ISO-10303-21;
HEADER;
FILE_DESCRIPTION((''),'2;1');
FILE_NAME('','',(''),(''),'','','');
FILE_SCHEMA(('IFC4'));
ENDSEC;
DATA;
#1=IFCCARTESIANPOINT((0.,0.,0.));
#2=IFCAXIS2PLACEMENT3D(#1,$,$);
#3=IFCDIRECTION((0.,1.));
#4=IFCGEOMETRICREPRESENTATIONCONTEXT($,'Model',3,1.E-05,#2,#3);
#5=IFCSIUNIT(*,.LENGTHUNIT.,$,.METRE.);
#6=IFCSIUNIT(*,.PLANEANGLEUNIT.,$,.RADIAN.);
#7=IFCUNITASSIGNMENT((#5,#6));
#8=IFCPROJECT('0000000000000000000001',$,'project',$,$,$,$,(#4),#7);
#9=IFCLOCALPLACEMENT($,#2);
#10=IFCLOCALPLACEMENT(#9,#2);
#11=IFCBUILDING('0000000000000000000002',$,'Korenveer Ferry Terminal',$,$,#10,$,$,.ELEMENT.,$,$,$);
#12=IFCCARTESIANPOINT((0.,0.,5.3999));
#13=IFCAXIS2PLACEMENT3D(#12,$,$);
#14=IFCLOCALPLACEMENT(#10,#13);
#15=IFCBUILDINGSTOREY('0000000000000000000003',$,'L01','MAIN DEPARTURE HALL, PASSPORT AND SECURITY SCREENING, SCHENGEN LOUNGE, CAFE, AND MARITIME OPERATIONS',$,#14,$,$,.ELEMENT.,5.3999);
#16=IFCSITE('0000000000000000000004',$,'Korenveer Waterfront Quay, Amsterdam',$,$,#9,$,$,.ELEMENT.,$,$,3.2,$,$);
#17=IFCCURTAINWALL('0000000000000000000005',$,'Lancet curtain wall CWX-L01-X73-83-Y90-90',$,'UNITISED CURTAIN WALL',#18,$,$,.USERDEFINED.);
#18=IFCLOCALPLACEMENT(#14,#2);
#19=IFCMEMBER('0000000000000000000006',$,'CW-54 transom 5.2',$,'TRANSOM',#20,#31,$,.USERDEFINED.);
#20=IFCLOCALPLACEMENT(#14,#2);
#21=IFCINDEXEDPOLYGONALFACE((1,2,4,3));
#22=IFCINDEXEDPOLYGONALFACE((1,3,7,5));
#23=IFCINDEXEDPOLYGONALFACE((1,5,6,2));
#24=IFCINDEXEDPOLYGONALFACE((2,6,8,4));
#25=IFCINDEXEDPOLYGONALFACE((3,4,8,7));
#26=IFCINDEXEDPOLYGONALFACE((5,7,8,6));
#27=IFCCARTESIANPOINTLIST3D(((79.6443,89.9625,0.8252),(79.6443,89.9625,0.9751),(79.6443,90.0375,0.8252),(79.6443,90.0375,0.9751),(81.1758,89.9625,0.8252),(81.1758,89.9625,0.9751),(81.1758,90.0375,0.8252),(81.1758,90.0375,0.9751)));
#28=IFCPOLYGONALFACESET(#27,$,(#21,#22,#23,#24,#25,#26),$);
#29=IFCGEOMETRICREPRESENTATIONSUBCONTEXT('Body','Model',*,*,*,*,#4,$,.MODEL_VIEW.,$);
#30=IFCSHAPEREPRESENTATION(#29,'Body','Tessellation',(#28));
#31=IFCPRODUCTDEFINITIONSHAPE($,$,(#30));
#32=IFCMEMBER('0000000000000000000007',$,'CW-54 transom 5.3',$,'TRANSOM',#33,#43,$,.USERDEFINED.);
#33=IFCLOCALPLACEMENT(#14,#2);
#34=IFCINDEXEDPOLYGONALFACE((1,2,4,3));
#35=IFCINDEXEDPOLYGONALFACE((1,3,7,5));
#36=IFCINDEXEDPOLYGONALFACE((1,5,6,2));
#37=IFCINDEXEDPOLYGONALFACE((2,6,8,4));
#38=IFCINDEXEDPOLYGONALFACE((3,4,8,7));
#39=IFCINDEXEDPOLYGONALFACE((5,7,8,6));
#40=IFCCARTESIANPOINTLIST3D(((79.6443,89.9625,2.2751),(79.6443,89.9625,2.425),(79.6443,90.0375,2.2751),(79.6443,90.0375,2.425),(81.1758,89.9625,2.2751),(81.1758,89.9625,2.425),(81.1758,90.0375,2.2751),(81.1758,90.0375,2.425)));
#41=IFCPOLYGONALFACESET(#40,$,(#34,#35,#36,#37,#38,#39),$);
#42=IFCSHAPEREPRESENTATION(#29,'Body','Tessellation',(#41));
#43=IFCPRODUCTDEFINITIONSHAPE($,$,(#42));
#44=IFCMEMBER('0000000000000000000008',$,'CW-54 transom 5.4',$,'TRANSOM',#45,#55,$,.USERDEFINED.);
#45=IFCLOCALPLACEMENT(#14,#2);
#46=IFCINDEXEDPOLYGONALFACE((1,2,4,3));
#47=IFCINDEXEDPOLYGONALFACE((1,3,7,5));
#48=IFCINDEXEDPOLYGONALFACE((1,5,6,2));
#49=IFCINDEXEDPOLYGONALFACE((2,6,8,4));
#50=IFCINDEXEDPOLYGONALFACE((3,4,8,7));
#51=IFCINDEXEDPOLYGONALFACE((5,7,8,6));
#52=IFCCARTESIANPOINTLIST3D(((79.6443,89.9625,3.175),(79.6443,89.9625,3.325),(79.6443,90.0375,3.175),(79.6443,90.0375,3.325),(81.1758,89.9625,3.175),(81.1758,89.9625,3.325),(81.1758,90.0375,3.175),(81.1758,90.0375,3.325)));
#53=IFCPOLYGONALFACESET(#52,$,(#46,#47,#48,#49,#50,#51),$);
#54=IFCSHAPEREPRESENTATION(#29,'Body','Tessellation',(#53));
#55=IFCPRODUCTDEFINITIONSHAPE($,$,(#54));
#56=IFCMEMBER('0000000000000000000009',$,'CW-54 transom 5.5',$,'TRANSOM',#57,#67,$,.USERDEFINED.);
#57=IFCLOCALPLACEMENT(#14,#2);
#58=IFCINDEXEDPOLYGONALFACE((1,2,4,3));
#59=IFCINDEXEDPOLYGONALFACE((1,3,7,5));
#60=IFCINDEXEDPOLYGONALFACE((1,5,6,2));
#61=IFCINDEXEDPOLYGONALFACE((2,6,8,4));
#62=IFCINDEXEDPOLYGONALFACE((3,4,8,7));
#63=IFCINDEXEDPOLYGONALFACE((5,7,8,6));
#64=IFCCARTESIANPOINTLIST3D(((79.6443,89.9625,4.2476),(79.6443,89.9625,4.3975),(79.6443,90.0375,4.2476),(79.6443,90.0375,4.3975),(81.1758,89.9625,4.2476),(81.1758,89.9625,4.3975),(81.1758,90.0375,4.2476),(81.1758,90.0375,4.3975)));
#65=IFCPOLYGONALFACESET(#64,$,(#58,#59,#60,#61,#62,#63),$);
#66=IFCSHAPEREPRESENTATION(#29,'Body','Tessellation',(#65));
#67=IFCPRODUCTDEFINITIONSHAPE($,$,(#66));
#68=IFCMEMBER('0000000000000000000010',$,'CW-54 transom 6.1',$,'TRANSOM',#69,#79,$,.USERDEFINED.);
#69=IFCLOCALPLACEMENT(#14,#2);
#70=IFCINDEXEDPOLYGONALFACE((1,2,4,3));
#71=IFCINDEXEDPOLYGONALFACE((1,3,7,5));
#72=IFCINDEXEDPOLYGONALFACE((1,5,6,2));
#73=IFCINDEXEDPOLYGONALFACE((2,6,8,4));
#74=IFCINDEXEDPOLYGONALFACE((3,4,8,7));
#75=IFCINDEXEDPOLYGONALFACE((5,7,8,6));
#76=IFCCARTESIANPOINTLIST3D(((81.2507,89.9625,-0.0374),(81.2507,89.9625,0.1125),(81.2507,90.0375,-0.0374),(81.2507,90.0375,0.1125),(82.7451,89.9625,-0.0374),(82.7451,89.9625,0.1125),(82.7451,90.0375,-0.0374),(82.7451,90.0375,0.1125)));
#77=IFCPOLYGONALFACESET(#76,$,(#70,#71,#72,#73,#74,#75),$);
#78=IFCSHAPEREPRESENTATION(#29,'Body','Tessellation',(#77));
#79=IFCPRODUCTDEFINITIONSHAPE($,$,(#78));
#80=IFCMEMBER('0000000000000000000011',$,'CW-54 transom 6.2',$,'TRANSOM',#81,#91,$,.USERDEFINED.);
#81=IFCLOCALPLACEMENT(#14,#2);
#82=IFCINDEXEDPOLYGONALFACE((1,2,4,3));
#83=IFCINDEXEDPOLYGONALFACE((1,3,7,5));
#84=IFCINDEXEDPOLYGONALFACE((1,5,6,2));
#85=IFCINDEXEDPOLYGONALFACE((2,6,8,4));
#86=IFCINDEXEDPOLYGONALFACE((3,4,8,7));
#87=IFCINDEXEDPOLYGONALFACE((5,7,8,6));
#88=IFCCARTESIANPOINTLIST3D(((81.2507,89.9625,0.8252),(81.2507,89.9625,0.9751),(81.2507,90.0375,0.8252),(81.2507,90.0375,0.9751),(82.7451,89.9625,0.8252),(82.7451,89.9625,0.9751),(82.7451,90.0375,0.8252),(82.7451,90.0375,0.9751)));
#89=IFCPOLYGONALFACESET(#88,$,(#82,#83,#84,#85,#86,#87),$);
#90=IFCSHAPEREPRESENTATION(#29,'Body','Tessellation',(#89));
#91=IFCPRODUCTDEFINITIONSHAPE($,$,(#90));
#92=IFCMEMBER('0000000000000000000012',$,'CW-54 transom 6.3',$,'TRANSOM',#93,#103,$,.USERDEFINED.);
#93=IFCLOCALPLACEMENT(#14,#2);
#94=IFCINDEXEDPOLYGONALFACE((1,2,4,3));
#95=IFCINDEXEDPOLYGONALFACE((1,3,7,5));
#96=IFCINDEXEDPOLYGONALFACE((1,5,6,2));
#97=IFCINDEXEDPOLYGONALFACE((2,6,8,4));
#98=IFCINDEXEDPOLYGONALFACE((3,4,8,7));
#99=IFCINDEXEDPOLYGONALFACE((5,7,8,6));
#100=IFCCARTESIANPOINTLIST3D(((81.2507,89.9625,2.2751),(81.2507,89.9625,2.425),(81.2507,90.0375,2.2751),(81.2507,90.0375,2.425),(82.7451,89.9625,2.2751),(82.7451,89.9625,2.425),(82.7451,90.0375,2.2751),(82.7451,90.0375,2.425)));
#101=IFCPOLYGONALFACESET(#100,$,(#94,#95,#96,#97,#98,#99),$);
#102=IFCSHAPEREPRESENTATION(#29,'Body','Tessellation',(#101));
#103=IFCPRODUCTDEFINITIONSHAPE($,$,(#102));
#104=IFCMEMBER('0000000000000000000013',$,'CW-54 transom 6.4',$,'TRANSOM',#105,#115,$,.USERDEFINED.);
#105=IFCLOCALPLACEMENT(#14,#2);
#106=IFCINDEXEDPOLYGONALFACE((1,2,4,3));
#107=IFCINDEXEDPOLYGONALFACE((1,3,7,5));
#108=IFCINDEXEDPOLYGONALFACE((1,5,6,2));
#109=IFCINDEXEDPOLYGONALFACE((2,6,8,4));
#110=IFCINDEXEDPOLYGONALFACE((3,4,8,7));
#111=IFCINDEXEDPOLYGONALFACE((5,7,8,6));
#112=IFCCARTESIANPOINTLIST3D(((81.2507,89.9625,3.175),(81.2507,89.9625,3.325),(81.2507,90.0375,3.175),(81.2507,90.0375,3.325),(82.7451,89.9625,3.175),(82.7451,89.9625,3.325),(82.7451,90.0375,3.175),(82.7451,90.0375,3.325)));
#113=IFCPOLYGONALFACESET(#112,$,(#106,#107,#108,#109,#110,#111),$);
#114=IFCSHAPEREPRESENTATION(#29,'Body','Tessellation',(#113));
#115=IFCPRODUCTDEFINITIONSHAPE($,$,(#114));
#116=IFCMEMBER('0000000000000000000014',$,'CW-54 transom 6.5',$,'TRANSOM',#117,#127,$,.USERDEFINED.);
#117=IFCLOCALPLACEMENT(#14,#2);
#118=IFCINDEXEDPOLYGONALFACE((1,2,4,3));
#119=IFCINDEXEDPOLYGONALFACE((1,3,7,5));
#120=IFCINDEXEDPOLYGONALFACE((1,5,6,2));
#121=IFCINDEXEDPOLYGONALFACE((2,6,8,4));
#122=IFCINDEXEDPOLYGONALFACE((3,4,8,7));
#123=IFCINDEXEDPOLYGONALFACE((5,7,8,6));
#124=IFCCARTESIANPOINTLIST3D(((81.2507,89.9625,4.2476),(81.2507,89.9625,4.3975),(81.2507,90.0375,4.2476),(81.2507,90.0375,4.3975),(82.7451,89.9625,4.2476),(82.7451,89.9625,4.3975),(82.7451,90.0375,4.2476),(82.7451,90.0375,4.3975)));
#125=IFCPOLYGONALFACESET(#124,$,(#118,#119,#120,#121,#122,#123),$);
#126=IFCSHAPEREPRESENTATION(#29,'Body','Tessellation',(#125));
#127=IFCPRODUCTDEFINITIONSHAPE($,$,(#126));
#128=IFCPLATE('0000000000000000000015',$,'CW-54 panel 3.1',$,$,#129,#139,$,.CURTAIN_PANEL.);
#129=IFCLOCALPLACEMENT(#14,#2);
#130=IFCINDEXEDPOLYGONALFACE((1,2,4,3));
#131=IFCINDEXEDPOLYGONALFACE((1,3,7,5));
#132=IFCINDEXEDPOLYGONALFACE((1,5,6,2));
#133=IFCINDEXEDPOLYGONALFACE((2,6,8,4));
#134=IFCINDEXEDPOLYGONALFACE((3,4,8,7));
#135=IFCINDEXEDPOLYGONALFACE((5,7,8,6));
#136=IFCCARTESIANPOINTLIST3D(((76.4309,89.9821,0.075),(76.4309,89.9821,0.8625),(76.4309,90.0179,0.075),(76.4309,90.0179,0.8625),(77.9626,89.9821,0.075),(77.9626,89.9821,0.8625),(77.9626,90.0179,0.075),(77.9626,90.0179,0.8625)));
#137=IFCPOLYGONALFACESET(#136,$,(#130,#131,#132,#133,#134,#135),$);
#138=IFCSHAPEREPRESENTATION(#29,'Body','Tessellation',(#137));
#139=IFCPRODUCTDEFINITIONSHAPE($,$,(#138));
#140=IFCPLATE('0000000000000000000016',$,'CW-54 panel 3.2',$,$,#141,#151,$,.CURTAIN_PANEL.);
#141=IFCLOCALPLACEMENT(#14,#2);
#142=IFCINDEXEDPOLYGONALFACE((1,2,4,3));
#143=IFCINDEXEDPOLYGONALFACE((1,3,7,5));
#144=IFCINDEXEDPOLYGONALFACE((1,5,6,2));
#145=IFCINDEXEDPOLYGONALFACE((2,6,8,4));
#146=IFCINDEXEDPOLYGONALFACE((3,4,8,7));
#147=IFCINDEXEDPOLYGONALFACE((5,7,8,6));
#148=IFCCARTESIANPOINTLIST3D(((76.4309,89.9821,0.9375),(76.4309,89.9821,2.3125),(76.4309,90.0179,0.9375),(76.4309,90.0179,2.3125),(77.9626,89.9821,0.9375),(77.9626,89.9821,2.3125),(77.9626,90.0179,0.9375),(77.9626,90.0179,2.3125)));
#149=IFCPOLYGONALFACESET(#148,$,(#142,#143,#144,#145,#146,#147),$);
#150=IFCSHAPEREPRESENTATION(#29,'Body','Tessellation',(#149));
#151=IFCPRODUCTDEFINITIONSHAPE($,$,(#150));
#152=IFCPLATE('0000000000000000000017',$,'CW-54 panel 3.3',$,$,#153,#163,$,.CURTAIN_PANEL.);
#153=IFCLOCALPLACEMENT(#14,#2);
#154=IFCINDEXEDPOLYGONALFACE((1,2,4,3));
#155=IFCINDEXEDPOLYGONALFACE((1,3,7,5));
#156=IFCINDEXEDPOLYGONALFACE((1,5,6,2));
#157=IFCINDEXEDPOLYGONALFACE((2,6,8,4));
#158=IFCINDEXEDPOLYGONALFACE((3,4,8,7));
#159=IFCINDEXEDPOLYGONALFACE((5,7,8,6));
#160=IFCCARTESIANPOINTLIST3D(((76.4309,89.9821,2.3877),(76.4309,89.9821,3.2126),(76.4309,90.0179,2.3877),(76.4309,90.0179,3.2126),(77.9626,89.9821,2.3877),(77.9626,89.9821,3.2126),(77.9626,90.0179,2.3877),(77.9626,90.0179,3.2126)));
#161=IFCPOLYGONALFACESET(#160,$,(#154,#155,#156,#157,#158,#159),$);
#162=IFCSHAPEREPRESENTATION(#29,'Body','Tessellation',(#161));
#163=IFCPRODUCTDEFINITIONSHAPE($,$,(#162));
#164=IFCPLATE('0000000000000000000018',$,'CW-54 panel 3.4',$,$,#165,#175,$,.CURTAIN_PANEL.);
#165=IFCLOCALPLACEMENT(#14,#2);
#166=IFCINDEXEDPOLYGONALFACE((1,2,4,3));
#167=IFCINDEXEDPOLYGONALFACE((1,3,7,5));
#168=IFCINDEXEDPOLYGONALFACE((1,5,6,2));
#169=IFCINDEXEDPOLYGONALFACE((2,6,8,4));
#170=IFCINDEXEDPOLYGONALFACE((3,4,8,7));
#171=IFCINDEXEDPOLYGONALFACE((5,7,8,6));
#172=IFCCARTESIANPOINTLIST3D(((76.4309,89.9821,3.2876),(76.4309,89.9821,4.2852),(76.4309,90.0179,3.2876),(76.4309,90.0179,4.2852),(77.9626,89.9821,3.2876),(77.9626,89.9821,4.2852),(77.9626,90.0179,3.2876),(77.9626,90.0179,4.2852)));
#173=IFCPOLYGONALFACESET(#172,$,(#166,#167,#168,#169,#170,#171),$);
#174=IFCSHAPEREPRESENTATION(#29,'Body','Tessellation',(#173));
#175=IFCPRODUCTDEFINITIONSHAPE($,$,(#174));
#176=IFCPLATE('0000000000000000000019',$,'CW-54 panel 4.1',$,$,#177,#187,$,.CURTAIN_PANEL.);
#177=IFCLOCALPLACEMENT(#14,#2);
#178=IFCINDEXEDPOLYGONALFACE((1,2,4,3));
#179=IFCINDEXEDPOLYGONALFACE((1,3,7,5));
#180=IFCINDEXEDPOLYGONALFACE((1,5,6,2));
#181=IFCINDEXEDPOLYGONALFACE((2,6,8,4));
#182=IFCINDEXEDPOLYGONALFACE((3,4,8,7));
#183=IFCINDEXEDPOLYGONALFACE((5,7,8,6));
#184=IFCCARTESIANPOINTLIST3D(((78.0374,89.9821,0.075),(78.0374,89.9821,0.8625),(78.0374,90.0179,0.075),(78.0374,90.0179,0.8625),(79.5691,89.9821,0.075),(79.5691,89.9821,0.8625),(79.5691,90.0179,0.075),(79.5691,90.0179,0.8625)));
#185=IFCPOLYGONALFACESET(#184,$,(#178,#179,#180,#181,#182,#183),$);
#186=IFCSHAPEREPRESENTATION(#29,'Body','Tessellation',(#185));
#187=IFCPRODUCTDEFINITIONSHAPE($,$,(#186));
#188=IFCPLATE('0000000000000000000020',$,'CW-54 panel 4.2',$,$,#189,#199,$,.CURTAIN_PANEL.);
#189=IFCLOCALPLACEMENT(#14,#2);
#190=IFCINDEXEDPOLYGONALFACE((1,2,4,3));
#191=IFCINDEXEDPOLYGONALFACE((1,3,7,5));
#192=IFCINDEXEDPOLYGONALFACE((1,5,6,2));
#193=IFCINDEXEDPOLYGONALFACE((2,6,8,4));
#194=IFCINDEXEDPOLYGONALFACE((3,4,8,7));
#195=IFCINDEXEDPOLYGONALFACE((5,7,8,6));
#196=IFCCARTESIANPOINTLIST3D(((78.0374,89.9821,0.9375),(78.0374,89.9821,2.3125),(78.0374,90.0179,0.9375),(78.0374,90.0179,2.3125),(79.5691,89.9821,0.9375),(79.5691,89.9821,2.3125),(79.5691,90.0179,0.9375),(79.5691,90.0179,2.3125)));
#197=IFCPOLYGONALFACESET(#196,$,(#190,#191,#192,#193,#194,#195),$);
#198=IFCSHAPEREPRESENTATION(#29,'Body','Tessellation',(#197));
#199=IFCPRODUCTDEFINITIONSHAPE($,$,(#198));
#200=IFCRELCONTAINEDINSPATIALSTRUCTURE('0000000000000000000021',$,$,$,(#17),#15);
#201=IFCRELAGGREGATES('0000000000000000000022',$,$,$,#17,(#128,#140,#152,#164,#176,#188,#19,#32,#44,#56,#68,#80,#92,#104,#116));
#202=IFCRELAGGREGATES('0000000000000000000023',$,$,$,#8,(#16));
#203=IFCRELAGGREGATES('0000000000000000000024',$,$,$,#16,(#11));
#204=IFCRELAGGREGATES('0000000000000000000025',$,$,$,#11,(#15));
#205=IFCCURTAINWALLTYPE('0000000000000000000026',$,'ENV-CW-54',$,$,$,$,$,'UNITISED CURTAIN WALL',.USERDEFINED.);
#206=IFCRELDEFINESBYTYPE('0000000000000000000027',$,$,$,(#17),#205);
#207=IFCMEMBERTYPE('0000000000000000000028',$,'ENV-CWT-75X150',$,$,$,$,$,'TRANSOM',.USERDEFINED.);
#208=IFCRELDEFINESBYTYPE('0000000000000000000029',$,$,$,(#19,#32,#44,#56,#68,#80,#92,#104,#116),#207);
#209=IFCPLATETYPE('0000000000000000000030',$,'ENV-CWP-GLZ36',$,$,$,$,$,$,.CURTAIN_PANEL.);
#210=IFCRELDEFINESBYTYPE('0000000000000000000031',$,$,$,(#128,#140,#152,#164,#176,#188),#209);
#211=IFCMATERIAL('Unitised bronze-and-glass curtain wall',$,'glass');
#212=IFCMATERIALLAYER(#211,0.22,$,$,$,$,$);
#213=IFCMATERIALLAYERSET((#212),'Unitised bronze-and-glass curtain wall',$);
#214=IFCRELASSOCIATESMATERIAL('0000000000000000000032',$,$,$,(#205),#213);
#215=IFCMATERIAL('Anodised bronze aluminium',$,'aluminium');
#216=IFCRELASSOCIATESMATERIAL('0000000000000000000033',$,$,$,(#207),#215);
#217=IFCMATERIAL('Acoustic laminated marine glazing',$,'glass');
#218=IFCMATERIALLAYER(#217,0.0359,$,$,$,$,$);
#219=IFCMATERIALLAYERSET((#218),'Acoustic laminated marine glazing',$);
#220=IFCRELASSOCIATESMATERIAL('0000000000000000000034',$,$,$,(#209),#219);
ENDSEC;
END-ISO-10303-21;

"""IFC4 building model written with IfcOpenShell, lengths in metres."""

from ifc_helpers import new_model, si_unit, direction, frame, origin, origin_2d, place, context, subcontext, project, spatial, rectangle, extrude, material, layer, layer_set, material_profile, profile_set, type_object, element, aggregate, save


model = new_model("IFC4")

# Units and contexts
model_context = context("Model", 3, precision=1e-05, world=origin(), true_north=direction((0.0, 1.0)))
body_context = subcontext(model_context, "Body", "Model", "MODEL_VIEW")
ifc_project = project(units=[si_unit("LENGTHUNIT", "METRE"), si_unit("PLANEANGLEUNIT", "RADIAN")], contexts=[model_context])

# Site, building, storey
site_placement = place(None, origin())
site = spatial("IfcSite", under=ifc_project, at=site_placement, Name="Korenveer Waterfront Quay, Amsterdam", CompositionType="ELEMENT", RefElevation=3.2)
building_placement = place(site_placement, origin())
building = spatial("IfcBuilding", under=site, at=building_placement, Name="Korenveer Ferry Terminal", CompositionType="ELEMENT")
storey_placement = place(building_placement, frame((0.0, 0.0, 5.3999)))
storey = spatial("IfcBuildingStorey", under=building, at=storey_placement, Name="L01", Description="MAIN DEPARTURE HALL, PASSPORT AND SECURITY SCREENING, SCHENGEN LOUNGE, CAFE, AND MARITIME OPERATIONS", CompositionType="ELEMENT", Elevation=5.3999)

# Curtain wall, members, plates
ifc_material_1 = material(Name="Unitised bronze-and-glass curtain wall", Category="glass")
ifc_layer_1 = layer(ifc_material_1, 0.22)
ifc_layer_set_1 = layer_set([ifc_layer_1], Name="Unitised bronze-and-glass curtain wall")
curtain_wall_type = type_object("IfcCurtainWallType", Name="ENV-CW-54", ElementType="UNITISED CURTAIN WALL", PredefinedType="USERDEFINED", material=ifc_layer_set_1)
curtain_wall_placement = place(storey_placement, frame((73.1799, 90.0, 0.0)))
curtain_wall = element("IfcCurtainWall", 1, at=curtain_wall_placement, inside=storey, type_object=curtain_wall_type, Name="Lancet curtain wall CWX-L01-X73-83-Y90-90", ObjectType="UNITISED CURTAIN WALL", PredefinedType="USERDEFINED")
ifc_material_2 = material(Name="Anodised bronze aluminium", Category="aluminium")
ifc_material_profile_1 = material_profile(ifc_material_2, rectangle(XDim=0.075, YDim=0.1499, at=origin_2d()), Name="ALU 75x150")
ifc_profile_set_1 = profile_set([ifc_material_profile_1], Name="Anodised bronze aluminium")
member_type_1 = type_object("IfcMemberType", Name="ENV-CWT-75X150", ElementType="TRANSOM", PredefinedType="USERDEFINED", material=ifc_profile_set_1)
member_1_placement = place(storey_placement, frame((79.6443, 90.0, 0.9001), z_axis=(1.0, 0.0, 0.0), x_axis=(0.0, 1.0, 0.0)))
member_1 = element("IfcMember", 2, at=member_1_placement, type_object=member_type_1, Name="CW-54 transom 5.2", ObjectType="TRANSOM", PredefinedType="USERDEFINED", context=body_context, shape_type="SweptSolid", body=[
    extrude(rectangle(XDim=0.075, YDim=0.1499, at=origin_2d()), origin(), (0.0, 0.0, 1.0), 1.5315),
])
member_2_placement = place(storey_placement, frame((79.6443, 90.0, 2.3501), z_axis=(1.0, 0.0, 0.0), x_axis=(0.0, 1.0, 0.0)))
member_2 = element("IfcMember", 3, at=member_2_placement, type_object=member_type_1, Name="CW-54 transom 5.3", ObjectType="TRANSOM", PredefinedType="USERDEFINED", context=body_context, shape_type="SweptSolid", body=[
    extrude(rectangle(XDim=0.075, YDim=0.1499, at=origin_2d()), origin(), (0.0, 0.0, 1.0), 1.5315),
])
member_3_placement = place(storey_placement, frame((79.6443, 90.0, 3.25), z_axis=(1.0, 0.0, 0.0), x_axis=(0.0, 1.0, 0.0)))
member_3 = element("IfcMember", 4, at=member_3_placement, type_object=member_type_1, Name="CW-54 transom 5.4", ObjectType="TRANSOM", PredefinedType="USERDEFINED", context=body_context, shape_type="SweptSolid", body=[
    extrude(rectangle(XDim=0.075, YDim=0.1499, at=origin_2d()), origin(), (0.0, 0.0, 1.0), 1.5315),
])
member_4_placement = place(storey_placement, frame((79.6443, 90.0, 4.3225), z_axis=(1.0, 0.0, 0.0), x_axis=(0.0, 1.0, 0.0)))
member_4 = element("IfcMember", 5, at=member_4_placement, type_object=member_type_1, Name="CW-54 transom 5.5", ObjectType="TRANSOM", PredefinedType="USERDEFINED", context=body_context, shape_type="SweptSolid", body=[
    extrude(rectangle(XDim=0.075, YDim=0.1499, at=origin_2d()), origin(), (0.0, 0.0, 1.0), 1.5315),
])
member_5_placement = place(storey_placement, frame((81.2507, 90.0, 0.0376), z_axis=(1.0, 0.0, 0.0), x_axis=(0.0, 1.0, 0.0)))
member_5 = element("IfcMember", 6, at=member_5_placement, type_object=member_type_1, Name="CW-54 transom 6.1", ObjectType="TRANSOM", PredefinedType="USERDEFINED", context=body_context, shape_type="SweptSolid", body=[
    extrude(rectangle(XDim=0.075, YDim=0.1499, at=origin_2d()), origin(), (0.0, 0.0, 1.0), 1.4944),
])
member_6_placement = place(storey_placement, frame((81.2507, 90.0, 0.9001), z_axis=(1.0, 0.0, 0.0), x_axis=(0.0, 1.0, 0.0)))
member_6 = element("IfcMember", 7, at=member_6_placement, type_object=member_type_1, Name="CW-54 transom 6.2", ObjectType="TRANSOM", PredefinedType="USERDEFINED", context=body_context, shape_type="SweptSolid", body=[
    extrude(rectangle(XDim=0.075, YDim=0.1499, at=origin_2d()), origin(), (0.0, 0.0, 1.0), 1.4944),
])
member_7_placement = place(storey_placement, frame((81.2507, 90.0, 2.3501), z_axis=(1.0, 0.0, 0.0), x_axis=(0.0, 1.0, 0.0)))
member_7 = element("IfcMember", 8, at=member_7_placement, type_object=member_type_1, Name="CW-54 transom 6.3", ObjectType="TRANSOM", PredefinedType="USERDEFINED", context=body_context, shape_type="SweptSolid", body=[
    extrude(rectangle(XDim=0.075, YDim=0.1499, at=origin_2d()), origin(), (0.0, 0.0, 1.0), 1.4944),
])
member_8_placement = place(storey_placement, frame((81.2507, 90.0, 3.25), z_axis=(1.0, 0.0, 0.0), x_axis=(0.0, 1.0, 0.0)))
member_8 = element("IfcMember", 9, at=member_8_placement, type_object=member_type_1, Name="CW-54 transom 6.4", ObjectType="TRANSOM", PredefinedType="USERDEFINED", context=body_context, shape_type="SweptSolid", body=[
    extrude(rectangle(XDim=0.075, YDim=0.1499, at=origin_2d()), origin(), (0.0, 0.0, 1.0), 1.4944),
])
member_9_placement = place(storey_placement, frame((81.2507, 90.0, 4.3225), z_axis=(1.0, 0.0, 0.0), x_axis=(0.0, 1.0, 0.0)))
member_9 = element("IfcMember", 10, at=member_9_placement, type_object=member_type_1, Name="CW-54 transom 6.5", ObjectType="TRANSOM", PredefinedType="USERDEFINED", context=body_context, shape_type="SweptSolid", body=[
    extrude(rectangle(XDim=0.075, YDim=0.1499, at=origin_2d()), origin(), (0.0, 0.0, 1.0), 1.4944),
])
ifc_material_3 = material(Name="Acoustic laminated marine glazing", Category="glass")
ifc_layer_2 = layer(ifc_material_3, 0.0359)
ifc_layer_set_2 = layer_set([ifc_layer_2], Name="Acoustic laminated marine glazing")
plate_type_1 = type_object("IfcPlateType", Name="ENV-CWP-GLZ36", PredefinedType="CURTAIN_PANEL", material=ifc_layer_set_2)
plate_1_placement = place(storey_placement, frame((77.1968, 90.0, 0.075), z_axis=(0.0, 0.0, 1.0), x_axis=(1.0, 0.0, 0.0)))
plate_1 = element("IfcPlate", 11, at=plate_1_placement, type_object=plate_type_1, Name="CW-54 panel 3.1", PredefinedType="CURTAIN_PANEL", context=body_context, shape_type="SweptSolid", body=[
    extrude(rectangle(XDim=1.5317, YDim=0.0359, at=origin_2d()), origin(), (0.0, 0.0, 1.0), 0.7876),
])
plate_2_placement = place(storey_placement, frame((77.1968, 90.0, 0.9375), z_axis=(0.0, 0.0, 1.0), x_axis=(1.0, 0.0, 0.0)))
plate_2 = element("IfcPlate", 12, at=plate_2_placement, type_object=plate_type_1, Name="CW-54 panel 3.2", PredefinedType="CURTAIN_PANEL", context=body_context, shape_type="SweptSolid", body=[
    extrude(rectangle(XDim=1.5317, YDim=0.0359, at=origin_2d()), origin(), (0.0, 0.0, 1.0), 1.375),
])
plate_3_placement = place(storey_placement, frame((77.1968, 90.0, 2.3877), z_axis=(0.0, 0.0, 1.0), x_axis=(1.0, 0.0, 0.0)))
plate_3 = element("IfcPlate", 13, at=plate_3_placement, type_object=plate_type_1, Name="CW-54 panel 3.3", PredefinedType="CURTAIN_PANEL", context=body_context, shape_type="SweptSolid", body=[
    extrude(rectangle(XDim=1.5317, YDim=0.0359, at=origin_2d()), origin(), (0.0, 0.0, 1.0), 0.825),
])
plate_4_placement = place(storey_placement, frame((77.1968, 90.0, 3.2876), z_axis=(0.0, 0.0, 1.0), x_axis=(1.0, 0.0, 0.0)))
plate_4 = element("IfcPlate", 14, at=plate_4_placement, type_object=plate_type_1, Name="CW-54 panel 3.4", PredefinedType="CURTAIN_PANEL", context=body_context, shape_type="SweptSolid", body=[
    extrude(rectangle(XDim=1.5317, YDim=0.0359, at=origin_2d()), origin(), (0.0, 0.0, 1.0), 0.9976),
])
plate_5_placement = place(storey_placement, frame((78.8032, 90.0, 0.075), z_axis=(0.0, 0.0, 1.0), x_axis=(1.0, 0.0, 0.0)))
plate_5 = element("IfcPlate", 15, at=plate_5_placement, type_object=plate_type_1, Name="CW-54 panel 4.1", PredefinedType="CURTAIN_PANEL", context=body_context, shape_type="SweptSolid", body=[
    extrude(rectangle(XDim=1.5317, YDim=0.0359, at=origin_2d()), origin(), (0.0, 0.0, 1.0), 0.7876),
])
plate_6_placement = place(storey_placement, frame((78.8032, 90.0, 0.9375), z_axis=(0.0, 0.0, 1.0), x_axis=(1.0, 0.0, 0.0)))
plate_6 = element("IfcPlate", 16, at=plate_6_placement, type_object=plate_type_1, Name="CW-54 panel 4.2", PredefinedType="CURTAIN_PANEL", context=body_context, shape_type="SweptSolid", body=[
    extrude(rectangle(XDim=1.5317, YDim=0.0359, at=origin_2d()), origin(), (0.0, 0.0, 1.0), 1.375),
])
aggregate(curtain_wall, [plate_1, plate_2, plate_3, plate_4, plate_5, plate_6, member_1, member_2, member_3, member_4, member_5, member_6, member_7, member_8, member_9])

save(model, "model.ifc")
